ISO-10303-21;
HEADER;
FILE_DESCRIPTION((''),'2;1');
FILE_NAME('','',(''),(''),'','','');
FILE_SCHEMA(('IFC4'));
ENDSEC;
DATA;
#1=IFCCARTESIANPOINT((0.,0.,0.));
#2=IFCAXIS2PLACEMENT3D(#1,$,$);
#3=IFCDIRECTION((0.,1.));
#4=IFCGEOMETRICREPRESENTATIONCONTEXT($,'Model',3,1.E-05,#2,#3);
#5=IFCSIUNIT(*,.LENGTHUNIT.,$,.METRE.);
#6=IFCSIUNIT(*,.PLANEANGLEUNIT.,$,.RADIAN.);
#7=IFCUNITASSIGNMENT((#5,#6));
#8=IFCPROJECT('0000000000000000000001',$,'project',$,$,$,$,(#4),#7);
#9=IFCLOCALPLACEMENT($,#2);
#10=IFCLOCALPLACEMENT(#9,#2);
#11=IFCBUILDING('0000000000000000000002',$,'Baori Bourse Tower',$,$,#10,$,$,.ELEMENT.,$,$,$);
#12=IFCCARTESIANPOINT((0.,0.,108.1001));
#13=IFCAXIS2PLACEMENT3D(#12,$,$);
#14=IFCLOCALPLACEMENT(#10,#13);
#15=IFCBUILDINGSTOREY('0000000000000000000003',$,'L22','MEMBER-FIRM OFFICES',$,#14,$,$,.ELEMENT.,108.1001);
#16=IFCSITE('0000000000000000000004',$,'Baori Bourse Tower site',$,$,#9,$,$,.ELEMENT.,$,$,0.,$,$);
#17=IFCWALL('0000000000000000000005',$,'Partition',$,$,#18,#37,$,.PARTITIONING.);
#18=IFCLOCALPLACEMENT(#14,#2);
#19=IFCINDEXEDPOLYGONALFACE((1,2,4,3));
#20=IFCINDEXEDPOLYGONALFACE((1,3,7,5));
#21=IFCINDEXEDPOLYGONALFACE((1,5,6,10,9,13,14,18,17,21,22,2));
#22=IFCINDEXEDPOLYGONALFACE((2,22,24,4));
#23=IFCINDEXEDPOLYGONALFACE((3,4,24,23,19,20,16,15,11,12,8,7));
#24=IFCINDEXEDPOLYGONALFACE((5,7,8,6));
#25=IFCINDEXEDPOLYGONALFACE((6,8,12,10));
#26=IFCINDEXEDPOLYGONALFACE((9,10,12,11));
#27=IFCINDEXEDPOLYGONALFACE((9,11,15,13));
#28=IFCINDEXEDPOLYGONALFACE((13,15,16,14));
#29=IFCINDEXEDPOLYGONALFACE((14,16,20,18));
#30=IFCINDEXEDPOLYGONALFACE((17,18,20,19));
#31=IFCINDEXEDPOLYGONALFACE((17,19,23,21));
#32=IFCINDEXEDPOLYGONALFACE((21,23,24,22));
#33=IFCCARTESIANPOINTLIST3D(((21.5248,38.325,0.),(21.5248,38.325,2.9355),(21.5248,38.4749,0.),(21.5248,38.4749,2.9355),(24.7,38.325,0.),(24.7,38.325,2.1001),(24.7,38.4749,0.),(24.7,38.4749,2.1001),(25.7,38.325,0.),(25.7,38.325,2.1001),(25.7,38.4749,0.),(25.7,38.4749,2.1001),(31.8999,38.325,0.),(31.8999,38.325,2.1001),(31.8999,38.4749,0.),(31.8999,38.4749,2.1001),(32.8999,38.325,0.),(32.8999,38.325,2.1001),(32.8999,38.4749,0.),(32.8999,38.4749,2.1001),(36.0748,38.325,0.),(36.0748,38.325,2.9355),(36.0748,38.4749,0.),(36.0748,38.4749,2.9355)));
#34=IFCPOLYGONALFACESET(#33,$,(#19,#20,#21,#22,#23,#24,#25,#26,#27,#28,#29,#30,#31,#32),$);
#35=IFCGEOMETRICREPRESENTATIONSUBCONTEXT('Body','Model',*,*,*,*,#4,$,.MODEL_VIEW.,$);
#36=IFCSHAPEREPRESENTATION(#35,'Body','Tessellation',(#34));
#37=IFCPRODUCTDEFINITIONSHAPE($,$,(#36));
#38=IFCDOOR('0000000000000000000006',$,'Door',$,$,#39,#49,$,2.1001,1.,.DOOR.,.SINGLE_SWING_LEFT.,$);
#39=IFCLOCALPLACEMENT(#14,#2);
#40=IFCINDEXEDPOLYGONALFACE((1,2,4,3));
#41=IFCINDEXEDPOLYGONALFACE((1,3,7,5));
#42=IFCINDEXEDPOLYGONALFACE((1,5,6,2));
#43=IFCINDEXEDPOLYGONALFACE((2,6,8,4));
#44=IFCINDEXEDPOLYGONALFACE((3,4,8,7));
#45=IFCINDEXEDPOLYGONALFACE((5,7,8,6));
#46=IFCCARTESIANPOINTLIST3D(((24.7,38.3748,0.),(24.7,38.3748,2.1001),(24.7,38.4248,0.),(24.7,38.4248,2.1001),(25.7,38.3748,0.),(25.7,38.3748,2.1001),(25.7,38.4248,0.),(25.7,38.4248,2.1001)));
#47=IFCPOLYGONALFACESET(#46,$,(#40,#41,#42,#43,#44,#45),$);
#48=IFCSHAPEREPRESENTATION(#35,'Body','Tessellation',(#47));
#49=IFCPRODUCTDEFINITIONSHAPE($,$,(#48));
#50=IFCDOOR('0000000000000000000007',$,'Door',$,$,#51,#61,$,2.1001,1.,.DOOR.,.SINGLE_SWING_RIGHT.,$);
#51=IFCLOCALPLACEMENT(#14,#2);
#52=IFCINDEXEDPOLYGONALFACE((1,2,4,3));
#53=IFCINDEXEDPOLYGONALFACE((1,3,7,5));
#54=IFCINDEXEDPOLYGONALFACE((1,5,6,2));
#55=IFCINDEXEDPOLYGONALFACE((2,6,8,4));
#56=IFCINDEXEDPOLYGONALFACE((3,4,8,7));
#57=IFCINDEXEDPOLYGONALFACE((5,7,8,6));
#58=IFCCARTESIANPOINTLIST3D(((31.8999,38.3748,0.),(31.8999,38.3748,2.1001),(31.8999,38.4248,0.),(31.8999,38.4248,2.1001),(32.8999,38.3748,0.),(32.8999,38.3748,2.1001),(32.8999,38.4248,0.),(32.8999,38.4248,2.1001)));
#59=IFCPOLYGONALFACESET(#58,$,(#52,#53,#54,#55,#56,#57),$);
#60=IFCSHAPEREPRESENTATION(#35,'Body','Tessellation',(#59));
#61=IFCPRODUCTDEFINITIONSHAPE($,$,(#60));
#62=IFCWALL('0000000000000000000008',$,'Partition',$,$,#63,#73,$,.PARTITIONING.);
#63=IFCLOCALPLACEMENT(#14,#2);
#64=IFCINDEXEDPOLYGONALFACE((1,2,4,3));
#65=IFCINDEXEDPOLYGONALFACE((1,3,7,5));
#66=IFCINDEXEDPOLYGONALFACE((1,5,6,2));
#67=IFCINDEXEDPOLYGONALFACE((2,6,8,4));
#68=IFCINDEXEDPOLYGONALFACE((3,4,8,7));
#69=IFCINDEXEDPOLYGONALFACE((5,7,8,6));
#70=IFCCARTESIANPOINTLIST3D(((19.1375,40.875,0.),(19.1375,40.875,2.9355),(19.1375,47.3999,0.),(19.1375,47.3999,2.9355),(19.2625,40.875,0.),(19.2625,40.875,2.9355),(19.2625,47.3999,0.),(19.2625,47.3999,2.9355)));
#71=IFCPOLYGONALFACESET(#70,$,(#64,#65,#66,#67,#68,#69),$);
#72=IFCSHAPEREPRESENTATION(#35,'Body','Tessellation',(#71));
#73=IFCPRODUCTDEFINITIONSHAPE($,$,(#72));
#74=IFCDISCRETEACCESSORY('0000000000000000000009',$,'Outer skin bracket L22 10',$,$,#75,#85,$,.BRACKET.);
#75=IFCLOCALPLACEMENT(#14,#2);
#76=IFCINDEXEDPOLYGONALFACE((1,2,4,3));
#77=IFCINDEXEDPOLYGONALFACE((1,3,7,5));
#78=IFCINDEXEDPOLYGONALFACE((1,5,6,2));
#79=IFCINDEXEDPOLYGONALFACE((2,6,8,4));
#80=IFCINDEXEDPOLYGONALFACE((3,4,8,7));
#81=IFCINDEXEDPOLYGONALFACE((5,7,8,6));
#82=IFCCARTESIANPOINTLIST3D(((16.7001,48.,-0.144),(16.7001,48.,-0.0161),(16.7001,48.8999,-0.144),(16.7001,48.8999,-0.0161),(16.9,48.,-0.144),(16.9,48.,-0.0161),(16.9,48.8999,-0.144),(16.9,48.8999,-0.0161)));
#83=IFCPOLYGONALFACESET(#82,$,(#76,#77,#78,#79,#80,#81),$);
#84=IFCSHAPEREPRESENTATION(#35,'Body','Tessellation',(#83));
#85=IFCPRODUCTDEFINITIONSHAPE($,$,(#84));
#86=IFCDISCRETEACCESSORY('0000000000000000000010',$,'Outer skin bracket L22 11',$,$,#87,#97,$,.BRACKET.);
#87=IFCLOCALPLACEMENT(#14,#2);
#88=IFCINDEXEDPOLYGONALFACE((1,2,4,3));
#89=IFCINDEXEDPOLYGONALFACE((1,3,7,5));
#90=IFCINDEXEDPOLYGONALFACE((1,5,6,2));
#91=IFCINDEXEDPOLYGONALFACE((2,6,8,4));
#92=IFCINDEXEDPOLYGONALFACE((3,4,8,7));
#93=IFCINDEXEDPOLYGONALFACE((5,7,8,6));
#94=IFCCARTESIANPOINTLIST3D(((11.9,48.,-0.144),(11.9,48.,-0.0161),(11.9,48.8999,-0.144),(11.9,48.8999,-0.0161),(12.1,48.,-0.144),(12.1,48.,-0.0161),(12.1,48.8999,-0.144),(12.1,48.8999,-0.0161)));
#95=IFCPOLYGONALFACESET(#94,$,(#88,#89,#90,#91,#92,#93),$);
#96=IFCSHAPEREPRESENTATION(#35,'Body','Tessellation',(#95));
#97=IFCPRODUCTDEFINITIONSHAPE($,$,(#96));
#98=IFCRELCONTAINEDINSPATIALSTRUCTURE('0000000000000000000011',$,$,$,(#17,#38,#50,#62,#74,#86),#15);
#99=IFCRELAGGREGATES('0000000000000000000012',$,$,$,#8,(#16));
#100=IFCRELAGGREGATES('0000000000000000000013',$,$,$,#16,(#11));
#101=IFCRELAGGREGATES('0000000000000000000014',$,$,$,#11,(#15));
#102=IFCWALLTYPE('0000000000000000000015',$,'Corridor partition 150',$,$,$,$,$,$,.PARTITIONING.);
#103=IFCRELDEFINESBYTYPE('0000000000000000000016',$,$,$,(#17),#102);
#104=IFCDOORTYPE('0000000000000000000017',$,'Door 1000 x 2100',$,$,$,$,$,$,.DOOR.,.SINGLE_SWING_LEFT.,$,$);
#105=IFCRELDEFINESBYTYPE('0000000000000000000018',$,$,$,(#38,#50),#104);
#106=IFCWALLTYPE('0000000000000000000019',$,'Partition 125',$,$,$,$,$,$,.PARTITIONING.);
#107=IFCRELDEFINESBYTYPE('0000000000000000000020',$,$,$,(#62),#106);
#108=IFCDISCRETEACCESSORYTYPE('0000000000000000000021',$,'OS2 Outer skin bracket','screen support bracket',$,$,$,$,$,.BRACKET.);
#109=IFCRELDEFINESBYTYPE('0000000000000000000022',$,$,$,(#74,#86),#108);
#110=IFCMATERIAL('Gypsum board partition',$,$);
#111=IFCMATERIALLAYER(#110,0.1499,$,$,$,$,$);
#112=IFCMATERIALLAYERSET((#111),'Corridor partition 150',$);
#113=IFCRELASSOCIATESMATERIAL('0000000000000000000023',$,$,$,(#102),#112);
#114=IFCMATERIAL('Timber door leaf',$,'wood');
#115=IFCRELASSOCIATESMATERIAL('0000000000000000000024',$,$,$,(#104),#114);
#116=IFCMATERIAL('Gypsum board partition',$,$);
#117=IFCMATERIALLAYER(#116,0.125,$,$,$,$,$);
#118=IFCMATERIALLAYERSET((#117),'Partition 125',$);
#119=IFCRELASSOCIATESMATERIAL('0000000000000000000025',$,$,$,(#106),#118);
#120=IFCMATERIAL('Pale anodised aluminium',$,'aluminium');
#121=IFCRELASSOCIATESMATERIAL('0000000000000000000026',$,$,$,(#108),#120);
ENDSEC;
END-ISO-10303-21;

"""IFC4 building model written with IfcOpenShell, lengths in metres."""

from ifc_helpers import new_model, si_unit, direction, frame, frame_2d, origin, origin_2d, place, context, subcontext, project, spatial, rectangle, extrude, material, layer, layer_set, type_object, element, fill, save


model = new_model("IFC4")

# Units and contexts
model_context = context("Model", 3, precision=1e-05, world=origin(), true_north=direction((0.0, 1.0)))
body_context = subcontext(model_context, "Body", "Model", "MODEL_VIEW")
ifc_project = project(units=[si_unit("LENGTHUNIT", "METRE"), si_unit("PLANEANGLEUNIT", "RADIAN")], contexts=[model_context])

# Site, building, storey
site_placement = place(None, origin())
site = spatial("IfcSite", under=ifc_project, at=site_placement, Name="Baori Bourse Tower site", CompositionType="ELEMENT", RefElevation=0.0)
building_placement = place(site_placement, origin())
building = spatial("IfcBuilding", under=site, at=building_placement, Name="Baori Bourse Tower", CompositionType="ELEMENT")
storey_placement = place(building_placement, frame((0.0, 0.0, 108.1001)))
storey = spatial("IfcBuildingStorey", under=building, at=storey_placement, Name="L22", Description="MEMBER-FIRM OFFICES", CompositionType="ELEMENT", Elevation=108.1001)

# Wall, openings, doors
ifc_material_1 = material(Name="Gypsum board partition")
ifc_layer_1 = layer(ifc_material_1, 0.1499)
ifc_layer_set_1 = layer_set([ifc_layer_1], Name="Corridor partition 150")
wall_type_1 = type_object("IfcWallType", Name="Corridor partition 150", PredefinedType="PARTITIONING", material=ifc_layer_set_1)
wall_1_placement = place(storey_placement, frame((21.5249, 38.3999, 0.0), z_axis=(0.0, 0.0, 1.0), x_axis=(1.0, 0.0, 0.0)))
wall_1 = element("IfcWall", 1, at=wall_1_placement, inside=storey, type_object=wall_type_1, Name="Partition", PredefinedType="PARTITIONING", context=body_context, shape_type="SweptSolid", body=[
    extrude(rectangle(XDim=14.55, YDim=0.1499, at=frame_2d((7.2749, 0.0))), origin(), (0.0, 0.0, 1.0), 2.9355),
])
opening_1_placement = place(wall_1_placement, frame((3.175, 0.0, 0.0)))
opening_1 = element("IfcOpeningElement", 2, at=opening_1_placement, cuts=wall_1, PredefinedType="OPENING", context=body_context, shape_type="SweptSolid", body=[
    extrude(rectangle(XDim=1.0, YDim=2.1001, at=frame_2d((0.5, 1.05))), frame((0.0, 0.085, 0.0), z_axis=(0.0, -1.0, 0.0), x_axis=(1.0, 0.0, 0.0)), (0.0, 0.0, 1.0), 0.1699),
])
opening_2_placement = place(wall_1_placement, frame((10.375, 0.0, 0.0)))
opening_2 = element("IfcOpeningElement", 3, at=opening_2_placement, cuts=wall_1, PredefinedType="OPENING", context=body_context, shape_type="SweptSolid", body=[
    extrude(rectangle(XDim=1.0, YDim=2.1001, at=frame_2d((0.5, 1.05))), frame((0.0, 0.085, 0.0), z_axis=(0.0, -1.0, 0.0), x_axis=(1.0, 0.0, 0.0)), (0.0, 0.0, 1.0), 0.1699),
])
ifc_material_2 = material(Name="Timber door leaf", Category="wood")
door_type_1 = type_object("IfcDoorType", Name="Door 1000 x 2100", OperationType="SINGLE_SWING_LEFT", PredefinedType="DOOR", material=ifc_material_2)
door_1_placement = place(opening_1_placement, origin())
door_1 = element("IfcDoor", 4, at=door_1_placement, inside=storey, type_object=door_type_1, Name="Door", OperationType="SINGLE_SWING_LEFT", OverallHeight=2.1001, OverallWidth=1.0, PredefinedType="DOOR", context=body_context, shape_type="SweptSolid", body=[
    extrude(rectangle(XDim=1.0, YDim=2.1001, at=frame_2d((0.5, 1.05))), frame((0.0, 0.0249, 0.0), z_axis=(0.0, -1.0, 0.0), x_axis=(1.0, 0.0, 0.0)), (0.0, 0.0, 1.0), 0.05),
])
fill(opening_1, door_1)
door_2_placement = place(opening_2_placement, origin())
door_2 = element("IfcDoor", 5, at=door_2_placement, inside=storey, type_object=door_type_1, Name="Door", OperationType="SINGLE_SWING_RIGHT", OverallHeight=2.1001, OverallWidth=1.0, PredefinedType="DOOR", context=body_context, shape_type="SweptSolid", body=[
    extrude(rectangle(XDim=1.0, YDim=2.1001, at=frame_2d((0.5, 1.05))), frame((0.0, 0.0249, 0.0), z_axis=(0.0, -1.0, 0.0), x_axis=(1.0, 0.0, 0.0)), (0.0, 0.0, 1.0), 0.05),
])
fill(opening_2, door_2)

# Wall
ifc_material_3 = material(Name="Gypsum board partition")
ifc_layer_2 = layer(ifc_material_3, 0.125)
ifc_layer_set_2 = layer_set([ifc_layer_2], Name="Partition 125")
wall_type_2 = type_object("IfcWallType", Name="Partition 125", PredefinedType="PARTITIONING", material=ifc_layer_set_2)
wall_2_placement = place(storey_placement, frame((19.2, 40.875, 0.0), z_axis=(0.0, 0.0, 1.0), x_axis=(0.0, 1.0, 0.0)))
element("IfcWall", 6, at=wall_2_placement, inside=storey, type_object=wall_type_2, Name="Partition", PredefinedType="PARTITIONING", context=body_context, shape_type="SweptSolid", body=[
    extrude(rectangle(XDim=6.5249, YDim=0.125, at=frame_2d((3.2625, 0.0))), origin(), (0.0, 0.0, 1.0), 2.9355),
])

# Discrete accessories
ifc_material_4 = material(Name="Pale anodised aluminium", Category="aluminium")
discrete_accessory_type = type_object("IfcDiscreteAccessoryType", Name="OS2 Outer skin bracket", Description="screen support bracket", PredefinedType="BRACKET", material=ifc_material_4)
for number, where, z_axis, x_axis, name in (
    (7, (16.8, 48.45, -0.144), (0.0, 0.0, 1.0), (-1.0, 0.0, 0.0), "Outer skin bracket L22 10"),
    (8, (12.0, 48.45, -0.144), (0.0, 0.0, 1.0), (-1.0, 0.0, 0.0), "Outer skin bracket L22 11"),
):
    element("IfcDiscreteAccessory", number, at=place(storey_placement, frame(where, z_axis=z_axis, x_axis=x_axis)), inside=storey, type_object=discrete_accessory_type, Name=name, PredefinedType="BRACKET", context=body_context, shape_type="SweptSolid", body=[
        extrude(rectangle(XDim=0.2, YDim=0.8999, at=origin_2d()), origin(), (0.0, 0.0, 1.0), 0.1279),
    ])

save(model, "model.ifc")
